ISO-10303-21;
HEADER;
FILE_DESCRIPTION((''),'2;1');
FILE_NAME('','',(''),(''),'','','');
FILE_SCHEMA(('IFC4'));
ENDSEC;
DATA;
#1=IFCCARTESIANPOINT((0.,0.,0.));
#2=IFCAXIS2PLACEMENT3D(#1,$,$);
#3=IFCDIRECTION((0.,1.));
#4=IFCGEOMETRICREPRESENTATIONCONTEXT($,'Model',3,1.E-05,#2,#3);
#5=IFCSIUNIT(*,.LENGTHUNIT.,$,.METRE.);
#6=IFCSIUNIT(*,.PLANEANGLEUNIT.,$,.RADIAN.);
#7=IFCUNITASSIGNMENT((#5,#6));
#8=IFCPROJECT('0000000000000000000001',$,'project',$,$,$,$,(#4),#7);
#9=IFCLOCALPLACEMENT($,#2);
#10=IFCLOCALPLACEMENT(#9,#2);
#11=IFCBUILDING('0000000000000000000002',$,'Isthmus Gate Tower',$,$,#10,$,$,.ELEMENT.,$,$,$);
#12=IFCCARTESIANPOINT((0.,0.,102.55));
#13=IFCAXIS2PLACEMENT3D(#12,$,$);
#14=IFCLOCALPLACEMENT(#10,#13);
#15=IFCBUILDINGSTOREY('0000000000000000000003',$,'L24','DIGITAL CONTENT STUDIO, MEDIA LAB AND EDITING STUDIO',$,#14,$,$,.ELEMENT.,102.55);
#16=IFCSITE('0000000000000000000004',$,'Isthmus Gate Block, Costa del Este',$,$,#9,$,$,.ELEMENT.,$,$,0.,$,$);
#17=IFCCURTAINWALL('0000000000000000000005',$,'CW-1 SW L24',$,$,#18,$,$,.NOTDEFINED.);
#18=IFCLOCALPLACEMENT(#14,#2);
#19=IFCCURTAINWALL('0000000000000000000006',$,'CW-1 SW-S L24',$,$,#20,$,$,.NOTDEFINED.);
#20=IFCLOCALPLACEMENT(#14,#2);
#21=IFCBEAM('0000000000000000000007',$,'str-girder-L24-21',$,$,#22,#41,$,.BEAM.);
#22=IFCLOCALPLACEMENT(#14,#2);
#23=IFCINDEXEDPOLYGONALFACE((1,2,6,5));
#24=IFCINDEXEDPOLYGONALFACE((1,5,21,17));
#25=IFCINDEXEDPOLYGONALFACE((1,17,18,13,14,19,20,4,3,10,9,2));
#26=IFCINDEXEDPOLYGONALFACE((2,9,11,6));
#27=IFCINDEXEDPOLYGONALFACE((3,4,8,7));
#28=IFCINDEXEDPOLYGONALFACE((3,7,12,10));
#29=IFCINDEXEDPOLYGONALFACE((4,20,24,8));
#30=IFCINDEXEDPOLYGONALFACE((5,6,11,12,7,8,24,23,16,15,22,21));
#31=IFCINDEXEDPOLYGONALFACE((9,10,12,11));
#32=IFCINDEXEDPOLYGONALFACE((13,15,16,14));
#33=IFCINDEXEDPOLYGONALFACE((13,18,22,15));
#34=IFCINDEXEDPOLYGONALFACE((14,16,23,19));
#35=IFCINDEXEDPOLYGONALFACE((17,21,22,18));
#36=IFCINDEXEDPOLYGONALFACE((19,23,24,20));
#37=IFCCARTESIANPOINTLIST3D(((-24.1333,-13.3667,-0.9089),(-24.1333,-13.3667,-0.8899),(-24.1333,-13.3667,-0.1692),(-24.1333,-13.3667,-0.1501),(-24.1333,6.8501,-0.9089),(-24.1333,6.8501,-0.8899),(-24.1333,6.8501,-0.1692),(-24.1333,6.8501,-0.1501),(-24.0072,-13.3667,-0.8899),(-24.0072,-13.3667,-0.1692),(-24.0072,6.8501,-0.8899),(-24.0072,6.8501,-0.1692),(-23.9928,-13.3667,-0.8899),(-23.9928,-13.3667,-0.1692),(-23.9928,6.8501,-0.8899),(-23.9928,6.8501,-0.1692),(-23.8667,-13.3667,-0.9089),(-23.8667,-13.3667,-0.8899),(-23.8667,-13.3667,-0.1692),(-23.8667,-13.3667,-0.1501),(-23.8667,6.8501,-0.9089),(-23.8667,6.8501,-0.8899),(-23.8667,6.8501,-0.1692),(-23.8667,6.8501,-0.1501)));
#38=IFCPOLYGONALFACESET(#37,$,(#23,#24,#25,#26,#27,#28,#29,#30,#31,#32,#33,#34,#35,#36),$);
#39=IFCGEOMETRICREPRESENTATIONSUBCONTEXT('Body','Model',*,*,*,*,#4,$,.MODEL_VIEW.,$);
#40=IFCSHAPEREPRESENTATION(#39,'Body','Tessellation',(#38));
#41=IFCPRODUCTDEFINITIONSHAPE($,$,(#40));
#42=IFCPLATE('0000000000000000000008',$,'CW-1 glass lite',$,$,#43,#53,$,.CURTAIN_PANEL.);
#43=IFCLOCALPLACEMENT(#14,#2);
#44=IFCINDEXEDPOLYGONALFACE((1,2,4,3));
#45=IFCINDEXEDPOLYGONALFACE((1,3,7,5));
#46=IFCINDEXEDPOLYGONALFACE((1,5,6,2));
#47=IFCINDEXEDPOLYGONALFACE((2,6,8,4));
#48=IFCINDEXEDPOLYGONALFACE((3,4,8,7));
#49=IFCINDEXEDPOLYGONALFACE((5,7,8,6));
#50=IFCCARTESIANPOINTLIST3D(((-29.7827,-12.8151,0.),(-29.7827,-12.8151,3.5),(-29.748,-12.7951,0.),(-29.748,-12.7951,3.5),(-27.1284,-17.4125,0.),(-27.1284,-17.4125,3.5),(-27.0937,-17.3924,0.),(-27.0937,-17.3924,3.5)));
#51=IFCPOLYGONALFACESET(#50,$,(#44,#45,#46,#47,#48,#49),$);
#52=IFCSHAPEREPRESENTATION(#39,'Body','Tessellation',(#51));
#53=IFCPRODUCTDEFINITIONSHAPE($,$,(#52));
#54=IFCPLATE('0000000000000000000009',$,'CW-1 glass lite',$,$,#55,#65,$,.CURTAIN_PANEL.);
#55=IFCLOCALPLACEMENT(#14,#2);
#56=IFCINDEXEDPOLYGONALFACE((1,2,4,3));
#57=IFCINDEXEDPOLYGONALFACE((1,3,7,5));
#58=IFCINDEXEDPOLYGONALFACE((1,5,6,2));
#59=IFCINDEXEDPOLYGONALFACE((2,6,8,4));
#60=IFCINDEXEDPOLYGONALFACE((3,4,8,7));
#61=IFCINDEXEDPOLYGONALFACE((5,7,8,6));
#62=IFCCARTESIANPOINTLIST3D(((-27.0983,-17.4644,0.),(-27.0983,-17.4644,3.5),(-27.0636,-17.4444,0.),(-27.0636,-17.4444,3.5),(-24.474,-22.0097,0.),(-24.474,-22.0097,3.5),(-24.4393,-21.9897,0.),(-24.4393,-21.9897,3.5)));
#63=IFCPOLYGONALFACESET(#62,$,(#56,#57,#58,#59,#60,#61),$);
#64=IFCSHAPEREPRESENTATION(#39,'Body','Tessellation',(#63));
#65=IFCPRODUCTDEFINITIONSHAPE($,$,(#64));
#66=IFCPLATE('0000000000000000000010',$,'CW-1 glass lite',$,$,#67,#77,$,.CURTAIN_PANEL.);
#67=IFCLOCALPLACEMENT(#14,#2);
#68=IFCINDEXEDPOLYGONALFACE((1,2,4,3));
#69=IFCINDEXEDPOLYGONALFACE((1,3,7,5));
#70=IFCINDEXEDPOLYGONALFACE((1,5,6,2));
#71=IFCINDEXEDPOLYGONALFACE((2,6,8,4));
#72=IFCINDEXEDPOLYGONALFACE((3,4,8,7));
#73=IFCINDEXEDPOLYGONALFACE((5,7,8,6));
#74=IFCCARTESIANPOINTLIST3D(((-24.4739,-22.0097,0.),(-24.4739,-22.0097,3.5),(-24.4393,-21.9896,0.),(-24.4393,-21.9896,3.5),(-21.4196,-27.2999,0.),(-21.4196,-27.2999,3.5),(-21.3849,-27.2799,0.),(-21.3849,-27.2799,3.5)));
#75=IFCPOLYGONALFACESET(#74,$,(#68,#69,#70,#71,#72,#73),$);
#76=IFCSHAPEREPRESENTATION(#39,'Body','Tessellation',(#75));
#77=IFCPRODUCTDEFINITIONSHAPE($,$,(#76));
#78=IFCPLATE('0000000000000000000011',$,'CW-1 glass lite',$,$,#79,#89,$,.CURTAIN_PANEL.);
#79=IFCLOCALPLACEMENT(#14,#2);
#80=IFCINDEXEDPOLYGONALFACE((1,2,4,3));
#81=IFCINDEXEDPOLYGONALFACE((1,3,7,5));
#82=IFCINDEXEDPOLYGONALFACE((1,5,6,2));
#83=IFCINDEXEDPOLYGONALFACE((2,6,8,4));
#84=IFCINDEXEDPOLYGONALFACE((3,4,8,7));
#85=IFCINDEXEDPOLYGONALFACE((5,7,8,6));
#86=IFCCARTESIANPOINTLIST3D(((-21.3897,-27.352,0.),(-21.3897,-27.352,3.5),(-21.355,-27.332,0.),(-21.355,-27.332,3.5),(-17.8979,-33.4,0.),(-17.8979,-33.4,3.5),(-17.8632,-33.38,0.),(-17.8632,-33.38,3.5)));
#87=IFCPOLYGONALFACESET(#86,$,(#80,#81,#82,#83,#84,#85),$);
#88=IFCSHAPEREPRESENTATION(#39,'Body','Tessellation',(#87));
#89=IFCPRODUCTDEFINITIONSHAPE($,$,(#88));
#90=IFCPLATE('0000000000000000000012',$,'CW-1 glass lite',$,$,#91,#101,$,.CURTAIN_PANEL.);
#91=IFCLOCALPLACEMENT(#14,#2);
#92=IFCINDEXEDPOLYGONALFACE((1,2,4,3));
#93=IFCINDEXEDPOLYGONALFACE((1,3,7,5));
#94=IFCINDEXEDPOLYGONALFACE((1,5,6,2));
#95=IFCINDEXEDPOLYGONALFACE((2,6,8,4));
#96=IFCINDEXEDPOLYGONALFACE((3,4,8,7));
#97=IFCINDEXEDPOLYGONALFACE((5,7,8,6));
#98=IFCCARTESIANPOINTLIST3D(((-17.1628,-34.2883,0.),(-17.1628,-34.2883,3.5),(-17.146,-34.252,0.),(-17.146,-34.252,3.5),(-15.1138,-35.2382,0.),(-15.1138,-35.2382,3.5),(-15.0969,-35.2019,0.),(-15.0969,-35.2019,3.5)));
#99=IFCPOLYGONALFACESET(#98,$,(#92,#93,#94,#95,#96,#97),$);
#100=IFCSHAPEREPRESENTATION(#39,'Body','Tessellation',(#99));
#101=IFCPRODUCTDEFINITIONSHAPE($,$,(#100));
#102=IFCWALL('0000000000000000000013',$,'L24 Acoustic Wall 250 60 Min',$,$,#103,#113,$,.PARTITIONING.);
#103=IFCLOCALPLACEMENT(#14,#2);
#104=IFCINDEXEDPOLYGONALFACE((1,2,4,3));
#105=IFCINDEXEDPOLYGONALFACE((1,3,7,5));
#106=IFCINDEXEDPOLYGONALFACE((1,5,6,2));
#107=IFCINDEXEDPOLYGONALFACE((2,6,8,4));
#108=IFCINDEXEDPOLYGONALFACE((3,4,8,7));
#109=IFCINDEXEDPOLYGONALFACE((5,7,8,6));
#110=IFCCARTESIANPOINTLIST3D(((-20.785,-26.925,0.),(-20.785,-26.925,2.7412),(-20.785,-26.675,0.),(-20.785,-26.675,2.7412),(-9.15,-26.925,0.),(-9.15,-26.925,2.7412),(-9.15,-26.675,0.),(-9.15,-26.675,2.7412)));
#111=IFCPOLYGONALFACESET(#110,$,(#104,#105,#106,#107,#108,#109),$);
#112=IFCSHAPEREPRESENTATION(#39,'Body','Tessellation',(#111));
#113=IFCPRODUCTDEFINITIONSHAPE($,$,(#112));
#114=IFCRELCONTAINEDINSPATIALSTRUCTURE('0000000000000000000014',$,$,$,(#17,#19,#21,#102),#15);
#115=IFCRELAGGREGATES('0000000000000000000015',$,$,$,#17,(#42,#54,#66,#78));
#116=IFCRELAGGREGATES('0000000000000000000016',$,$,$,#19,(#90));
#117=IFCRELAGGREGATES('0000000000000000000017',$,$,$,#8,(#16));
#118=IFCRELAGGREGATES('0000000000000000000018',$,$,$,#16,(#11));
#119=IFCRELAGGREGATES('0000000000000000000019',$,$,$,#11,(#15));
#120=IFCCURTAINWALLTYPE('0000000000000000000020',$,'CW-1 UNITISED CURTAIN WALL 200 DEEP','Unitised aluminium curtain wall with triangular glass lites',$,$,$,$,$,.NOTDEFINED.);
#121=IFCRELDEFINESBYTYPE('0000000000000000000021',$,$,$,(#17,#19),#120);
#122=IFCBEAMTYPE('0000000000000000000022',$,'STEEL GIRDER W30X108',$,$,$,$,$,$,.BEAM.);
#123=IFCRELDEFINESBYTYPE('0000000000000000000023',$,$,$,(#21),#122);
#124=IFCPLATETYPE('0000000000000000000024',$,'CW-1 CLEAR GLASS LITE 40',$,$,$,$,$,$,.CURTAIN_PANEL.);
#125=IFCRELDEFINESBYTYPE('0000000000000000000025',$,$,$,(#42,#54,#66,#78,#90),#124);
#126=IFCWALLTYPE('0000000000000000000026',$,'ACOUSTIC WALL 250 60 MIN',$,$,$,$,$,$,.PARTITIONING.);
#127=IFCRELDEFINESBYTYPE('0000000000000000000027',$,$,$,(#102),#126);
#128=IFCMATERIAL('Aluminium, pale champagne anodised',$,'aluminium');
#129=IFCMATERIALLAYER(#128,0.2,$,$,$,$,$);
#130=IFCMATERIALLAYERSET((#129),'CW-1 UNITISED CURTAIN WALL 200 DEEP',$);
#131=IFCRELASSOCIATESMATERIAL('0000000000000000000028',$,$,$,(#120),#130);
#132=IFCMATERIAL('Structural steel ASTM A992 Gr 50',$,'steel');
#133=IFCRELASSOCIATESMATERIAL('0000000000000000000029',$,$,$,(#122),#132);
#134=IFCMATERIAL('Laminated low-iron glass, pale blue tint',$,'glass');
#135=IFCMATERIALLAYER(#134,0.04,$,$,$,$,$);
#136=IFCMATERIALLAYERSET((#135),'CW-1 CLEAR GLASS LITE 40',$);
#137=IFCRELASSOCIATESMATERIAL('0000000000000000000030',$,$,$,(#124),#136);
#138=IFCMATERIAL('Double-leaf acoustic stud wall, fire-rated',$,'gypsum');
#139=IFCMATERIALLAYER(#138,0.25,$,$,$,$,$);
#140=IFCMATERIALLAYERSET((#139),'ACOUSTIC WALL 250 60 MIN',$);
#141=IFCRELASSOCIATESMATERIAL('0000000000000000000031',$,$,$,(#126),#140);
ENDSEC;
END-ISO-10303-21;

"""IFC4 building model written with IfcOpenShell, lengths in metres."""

from ifc_helpers import new_model, si_unit, direction, frame, frame_2d, origin, origin_2d, place, context, subcontext, project, spatial, rectangle, i_section, extrude, material, layer, layer_set, material_profile, profile_set, type_object, element, aggregate, save


model = new_model("IFC4")

# Units and contexts
model_context = context("Model", 3, precision=1e-05, world=origin(), true_north=direction((0.0, 1.0)))
body_context = subcontext(model_context, "Body", "Model", "MODEL_VIEW")
ifc_project = project(units=[si_unit("LENGTHUNIT", "METRE"), si_unit("PLANEANGLEUNIT", "RADIAN")], contexts=[model_context])

# Site, building, storey
site_placement = place(None, origin())
site = spatial("IfcSite", under=ifc_project, at=site_placement, Name="Isthmus Gate Block, Costa del Este", CompositionType="ELEMENT", RefElevation=0.0)
building_placement = place(site_placement, origin())
building = spatial("IfcBuilding", under=site, at=building_placement, Name="Isthmus Gate Tower", CompositionType="ELEMENT")
storey_placement = place(building_placement, frame((0.0, 0.0, 102.55)))
storey = spatial("IfcBuildingStorey", under=building, at=storey_placement, Name="L24", Description="DIGITAL CONTENT STUDIO, MEDIA LAB AND EDITING STUDIO", CompositionType="ELEMENT", Elevation=102.55)

# Curtain wall
ifc_material_1 = material(Name="Aluminium, pale champagne anodised", Category="aluminium")
ifc_layer_1 = layer(ifc_material_1, 0.2)
ifc_layer_set_1 = layer_set([ifc_layer_1], Name="CW-1 UNITISED CURTAIN WALL 200 DEEP")
curtain_wall_type = type_object("IfcCurtainWallType", Name="CW-1 UNITISED CURTAIN WALL 200 DEEP", Description="Unitised aluminium curtain wall with triangular glass lites", PredefinedType="NOTDEFINED", material=ifc_layer_set_1)
curtain_wall_1_placement = place(storey_placement, origin())
curtain_wall_1 = element("IfcCurtainWall", 1, at=curtain_wall_1_placement, inside=storey, type_object=curtain_wall_type, Name="CW-1 SW L24", PredefinedType="NOTDEFINED")

# Curtain wall
curtain_wall_2_placement = place(storey_placement, origin())
curtain_wall_2 = element("IfcCurtainWall", 2, at=curtain_wall_2_placement, inside=storey, type_object=curtain_wall_type, Name="CW-1 SW-S L24", PredefinedType="NOTDEFINED")

# Beam
ifc_material_2 = material(Name="Structural steel ASTM A992 Gr 50", Category="steel")
ifc_material_profile_1 = material_profile(ifc_material_2, i_section(OverallWidth=0.2666, OverallDepth=0.7588, WebThickness=0.0144, FlangeThickness=0.019, at=origin_2d()), Name="W30X108")
ifc_profile_set_1 = profile_set([ifc_material_profile_1], Name="Structural steel ASTM A992 Gr 50")
beam_type_1 = type_object("IfcBeamType", Name="STEEL GIRDER W30X108", PredefinedType="BEAM", material=ifc_profile_set_1)
beam_1_placement = place(storey_placement, frame((-24.0, -13.3667, -0.5295), z_axis=(0.0, 1.0, 0.0), x_axis=(-1.0, 0.0, 0.0)))
element("IfcBeam", 3, at=beam_1_placement, inside=storey, type_object=beam_type_1, Name="str-girder-L24-21", PredefinedType="BEAM", context=body_context, shape_type="SweptSolid", body=[
    extrude(i_section(OverallWidth=0.2666, OverallDepth=0.7588, WebThickness=0.0144, FlangeThickness=0.019, at=origin_2d()), origin(), (0.0, 0.0, 1.0), 20.2168),
])

# Plates
ifc_material_3 = material(Name="Laminated low-iron glass, pale blue tint", Category="glass")
ifc_layer_2 = layer(ifc_material_3, 0.04)
ifc_layer_set_2 = layer_set([ifc_layer_2], Name="CW-1 CLEAR GLASS LITE 40")
plate_type = type_object("IfcPlateType", Name="CW-1 CLEAR GLASS LITE 40", PredefinedType="CURTAIN_PANEL", material=ifc_layer_set_2)
plate_1_placement = place(storey_placement, frame((-28.4382, -15.1038, 0.0), z_axis=(0.0, 0.0, 1.0), x_axis=(0.5, -0.866025, 0.0)))
plate_1 = element("IfcPlate", 4, at=plate_1_placement, type_object=plate_type, Name="CW-1 glass lite", PredefinedType="CURTAIN_PANEL", context=body_context, shape_type="SweptSolid", body=[
    extrude(rectangle(XDim=5.3086, YDim=0.04, at=origin_2d()), origin(), (0.0, 0.0, 1.0), 3.5),
])
plate_2_placement = place(storey_placement, frame((-25.7688, -19.7271, 0.0), z_axis=(0.0, 0.0, 1.0), x_axis=(0.5, -0.866025, 0.0)))
plate_2 = element("IfcPlate", 5, at=plate_2_placement, type_object=plate_type, Name="CW-1 glass lite", PredefinedType="CURTAIN_PANEL", context=body_context, shape_type="SweptSolid", body=[
    extrude(rectangle(XDim=5.2485, YDim=0.04, at=origin_2d()), origin(), (0.0, 0.0, 1.0), 3.5),
])
plate_3_placement = place(storey_placement, frame((-22.9294, -24.6448, 0.0), z_axis=(0.0, 0.0, 1.0), x_axis=(0.5, -0.866025, 0.0)))
plate_3 = element("IfcPlate", 6, at=plate_3_placement, type_object=plate_type, Name="CW-1 glass lite", PredefinedType="CURTAIN_PANEL", context=body_context, shape_type="SweptSolid", body=[
    extrude(rectangle(XDim=6.1086, YDim=0.04, at=origin_2d()), origin(), (0.0, 0.0, 1.0), 3.5),
])
plate_4_placement = place(storey_placement, frame((-19.6265, -30.366, 0.0), z_axis=(0.0, 0.0, 1.0), x_axis=(0.5, -0.866025, 0.0)))
plate_4 = element("IfcPlate", 7, at=plate_4_placement, type_object=plate_type, Name="CW-1 glass lite", PredefinedType="CURTAIN_PANEL", context=body_context, shape_type="SweptSolid", body=[
    extrude(rectangle(XDim=6.9836, YDim=0.04, at=origin_2d()), origin(), (0.0, 0.0, 1.0), 3.5),
])
aggregate(curtain_wall_1, [plate_1, plate_2, plate_3, plate_4])
plate_5_placement = place(storey_placement, frame((-16.1299, -34.7451, 0.0), z_axis=(0.0, 0.0, 1.0), x_axis=(0.907256, -0.420578, 0.0)))
plate_5 = element("IfcPlate", 8, at=plate_5_placement, type_object=plate_type, Name="CW-1 glass lite", PredefinedType="CURTAIN_PANEL", context=body_context, shape_type="SweptSolid", body=[
    extrude(rectangle(XDim=2.2585, YDim=0.04, at=origin_2d()), origin(), (0.0, 0.0, 1.0), 3.5),
])
aggregate(curtain_wall_2, [plate_5])

# Wall
ifc_material_4 = material(Name="Double-leaf acoustic stud wall, fire-rated", Category="gypsum")
ifc_layer_3 = layer(ifc_material_4, 0.25)
ifc_layer_set_3 = layer_set([ifc_layer_3], Name="ACOUSTIC WALL 250 60 MIN")
wall_type = type_object("IfcWallType", Name="ACOUSTIC WALL 250 60 MIN", PredefinedType="PARTITIONING", material=ifc_layer_set_3)
wall_placement = place(storey_placement, frame((-20.7849, -26.8, 0.0), z_axis=(0.0, 0.0, 1.0), x_axis=(1.0, 0.0, 0.0)))
element("IfcWall", 9, at=wall_placement, inside=storey, type_object=wall_type, Name="L24 Acoustic Wall 250 60 Min", PredefinedType="PARTITIONING", context=body_context, shape_type="SweptSolid", body=[
    extrude(rectangle(XDim=11.635, YDim=0.25, at=frame_2d((5.8174, 0.0))), origin(), (0.0, 0.0, 1.0), 2.7412),
])

save(model, "model.ifc")
